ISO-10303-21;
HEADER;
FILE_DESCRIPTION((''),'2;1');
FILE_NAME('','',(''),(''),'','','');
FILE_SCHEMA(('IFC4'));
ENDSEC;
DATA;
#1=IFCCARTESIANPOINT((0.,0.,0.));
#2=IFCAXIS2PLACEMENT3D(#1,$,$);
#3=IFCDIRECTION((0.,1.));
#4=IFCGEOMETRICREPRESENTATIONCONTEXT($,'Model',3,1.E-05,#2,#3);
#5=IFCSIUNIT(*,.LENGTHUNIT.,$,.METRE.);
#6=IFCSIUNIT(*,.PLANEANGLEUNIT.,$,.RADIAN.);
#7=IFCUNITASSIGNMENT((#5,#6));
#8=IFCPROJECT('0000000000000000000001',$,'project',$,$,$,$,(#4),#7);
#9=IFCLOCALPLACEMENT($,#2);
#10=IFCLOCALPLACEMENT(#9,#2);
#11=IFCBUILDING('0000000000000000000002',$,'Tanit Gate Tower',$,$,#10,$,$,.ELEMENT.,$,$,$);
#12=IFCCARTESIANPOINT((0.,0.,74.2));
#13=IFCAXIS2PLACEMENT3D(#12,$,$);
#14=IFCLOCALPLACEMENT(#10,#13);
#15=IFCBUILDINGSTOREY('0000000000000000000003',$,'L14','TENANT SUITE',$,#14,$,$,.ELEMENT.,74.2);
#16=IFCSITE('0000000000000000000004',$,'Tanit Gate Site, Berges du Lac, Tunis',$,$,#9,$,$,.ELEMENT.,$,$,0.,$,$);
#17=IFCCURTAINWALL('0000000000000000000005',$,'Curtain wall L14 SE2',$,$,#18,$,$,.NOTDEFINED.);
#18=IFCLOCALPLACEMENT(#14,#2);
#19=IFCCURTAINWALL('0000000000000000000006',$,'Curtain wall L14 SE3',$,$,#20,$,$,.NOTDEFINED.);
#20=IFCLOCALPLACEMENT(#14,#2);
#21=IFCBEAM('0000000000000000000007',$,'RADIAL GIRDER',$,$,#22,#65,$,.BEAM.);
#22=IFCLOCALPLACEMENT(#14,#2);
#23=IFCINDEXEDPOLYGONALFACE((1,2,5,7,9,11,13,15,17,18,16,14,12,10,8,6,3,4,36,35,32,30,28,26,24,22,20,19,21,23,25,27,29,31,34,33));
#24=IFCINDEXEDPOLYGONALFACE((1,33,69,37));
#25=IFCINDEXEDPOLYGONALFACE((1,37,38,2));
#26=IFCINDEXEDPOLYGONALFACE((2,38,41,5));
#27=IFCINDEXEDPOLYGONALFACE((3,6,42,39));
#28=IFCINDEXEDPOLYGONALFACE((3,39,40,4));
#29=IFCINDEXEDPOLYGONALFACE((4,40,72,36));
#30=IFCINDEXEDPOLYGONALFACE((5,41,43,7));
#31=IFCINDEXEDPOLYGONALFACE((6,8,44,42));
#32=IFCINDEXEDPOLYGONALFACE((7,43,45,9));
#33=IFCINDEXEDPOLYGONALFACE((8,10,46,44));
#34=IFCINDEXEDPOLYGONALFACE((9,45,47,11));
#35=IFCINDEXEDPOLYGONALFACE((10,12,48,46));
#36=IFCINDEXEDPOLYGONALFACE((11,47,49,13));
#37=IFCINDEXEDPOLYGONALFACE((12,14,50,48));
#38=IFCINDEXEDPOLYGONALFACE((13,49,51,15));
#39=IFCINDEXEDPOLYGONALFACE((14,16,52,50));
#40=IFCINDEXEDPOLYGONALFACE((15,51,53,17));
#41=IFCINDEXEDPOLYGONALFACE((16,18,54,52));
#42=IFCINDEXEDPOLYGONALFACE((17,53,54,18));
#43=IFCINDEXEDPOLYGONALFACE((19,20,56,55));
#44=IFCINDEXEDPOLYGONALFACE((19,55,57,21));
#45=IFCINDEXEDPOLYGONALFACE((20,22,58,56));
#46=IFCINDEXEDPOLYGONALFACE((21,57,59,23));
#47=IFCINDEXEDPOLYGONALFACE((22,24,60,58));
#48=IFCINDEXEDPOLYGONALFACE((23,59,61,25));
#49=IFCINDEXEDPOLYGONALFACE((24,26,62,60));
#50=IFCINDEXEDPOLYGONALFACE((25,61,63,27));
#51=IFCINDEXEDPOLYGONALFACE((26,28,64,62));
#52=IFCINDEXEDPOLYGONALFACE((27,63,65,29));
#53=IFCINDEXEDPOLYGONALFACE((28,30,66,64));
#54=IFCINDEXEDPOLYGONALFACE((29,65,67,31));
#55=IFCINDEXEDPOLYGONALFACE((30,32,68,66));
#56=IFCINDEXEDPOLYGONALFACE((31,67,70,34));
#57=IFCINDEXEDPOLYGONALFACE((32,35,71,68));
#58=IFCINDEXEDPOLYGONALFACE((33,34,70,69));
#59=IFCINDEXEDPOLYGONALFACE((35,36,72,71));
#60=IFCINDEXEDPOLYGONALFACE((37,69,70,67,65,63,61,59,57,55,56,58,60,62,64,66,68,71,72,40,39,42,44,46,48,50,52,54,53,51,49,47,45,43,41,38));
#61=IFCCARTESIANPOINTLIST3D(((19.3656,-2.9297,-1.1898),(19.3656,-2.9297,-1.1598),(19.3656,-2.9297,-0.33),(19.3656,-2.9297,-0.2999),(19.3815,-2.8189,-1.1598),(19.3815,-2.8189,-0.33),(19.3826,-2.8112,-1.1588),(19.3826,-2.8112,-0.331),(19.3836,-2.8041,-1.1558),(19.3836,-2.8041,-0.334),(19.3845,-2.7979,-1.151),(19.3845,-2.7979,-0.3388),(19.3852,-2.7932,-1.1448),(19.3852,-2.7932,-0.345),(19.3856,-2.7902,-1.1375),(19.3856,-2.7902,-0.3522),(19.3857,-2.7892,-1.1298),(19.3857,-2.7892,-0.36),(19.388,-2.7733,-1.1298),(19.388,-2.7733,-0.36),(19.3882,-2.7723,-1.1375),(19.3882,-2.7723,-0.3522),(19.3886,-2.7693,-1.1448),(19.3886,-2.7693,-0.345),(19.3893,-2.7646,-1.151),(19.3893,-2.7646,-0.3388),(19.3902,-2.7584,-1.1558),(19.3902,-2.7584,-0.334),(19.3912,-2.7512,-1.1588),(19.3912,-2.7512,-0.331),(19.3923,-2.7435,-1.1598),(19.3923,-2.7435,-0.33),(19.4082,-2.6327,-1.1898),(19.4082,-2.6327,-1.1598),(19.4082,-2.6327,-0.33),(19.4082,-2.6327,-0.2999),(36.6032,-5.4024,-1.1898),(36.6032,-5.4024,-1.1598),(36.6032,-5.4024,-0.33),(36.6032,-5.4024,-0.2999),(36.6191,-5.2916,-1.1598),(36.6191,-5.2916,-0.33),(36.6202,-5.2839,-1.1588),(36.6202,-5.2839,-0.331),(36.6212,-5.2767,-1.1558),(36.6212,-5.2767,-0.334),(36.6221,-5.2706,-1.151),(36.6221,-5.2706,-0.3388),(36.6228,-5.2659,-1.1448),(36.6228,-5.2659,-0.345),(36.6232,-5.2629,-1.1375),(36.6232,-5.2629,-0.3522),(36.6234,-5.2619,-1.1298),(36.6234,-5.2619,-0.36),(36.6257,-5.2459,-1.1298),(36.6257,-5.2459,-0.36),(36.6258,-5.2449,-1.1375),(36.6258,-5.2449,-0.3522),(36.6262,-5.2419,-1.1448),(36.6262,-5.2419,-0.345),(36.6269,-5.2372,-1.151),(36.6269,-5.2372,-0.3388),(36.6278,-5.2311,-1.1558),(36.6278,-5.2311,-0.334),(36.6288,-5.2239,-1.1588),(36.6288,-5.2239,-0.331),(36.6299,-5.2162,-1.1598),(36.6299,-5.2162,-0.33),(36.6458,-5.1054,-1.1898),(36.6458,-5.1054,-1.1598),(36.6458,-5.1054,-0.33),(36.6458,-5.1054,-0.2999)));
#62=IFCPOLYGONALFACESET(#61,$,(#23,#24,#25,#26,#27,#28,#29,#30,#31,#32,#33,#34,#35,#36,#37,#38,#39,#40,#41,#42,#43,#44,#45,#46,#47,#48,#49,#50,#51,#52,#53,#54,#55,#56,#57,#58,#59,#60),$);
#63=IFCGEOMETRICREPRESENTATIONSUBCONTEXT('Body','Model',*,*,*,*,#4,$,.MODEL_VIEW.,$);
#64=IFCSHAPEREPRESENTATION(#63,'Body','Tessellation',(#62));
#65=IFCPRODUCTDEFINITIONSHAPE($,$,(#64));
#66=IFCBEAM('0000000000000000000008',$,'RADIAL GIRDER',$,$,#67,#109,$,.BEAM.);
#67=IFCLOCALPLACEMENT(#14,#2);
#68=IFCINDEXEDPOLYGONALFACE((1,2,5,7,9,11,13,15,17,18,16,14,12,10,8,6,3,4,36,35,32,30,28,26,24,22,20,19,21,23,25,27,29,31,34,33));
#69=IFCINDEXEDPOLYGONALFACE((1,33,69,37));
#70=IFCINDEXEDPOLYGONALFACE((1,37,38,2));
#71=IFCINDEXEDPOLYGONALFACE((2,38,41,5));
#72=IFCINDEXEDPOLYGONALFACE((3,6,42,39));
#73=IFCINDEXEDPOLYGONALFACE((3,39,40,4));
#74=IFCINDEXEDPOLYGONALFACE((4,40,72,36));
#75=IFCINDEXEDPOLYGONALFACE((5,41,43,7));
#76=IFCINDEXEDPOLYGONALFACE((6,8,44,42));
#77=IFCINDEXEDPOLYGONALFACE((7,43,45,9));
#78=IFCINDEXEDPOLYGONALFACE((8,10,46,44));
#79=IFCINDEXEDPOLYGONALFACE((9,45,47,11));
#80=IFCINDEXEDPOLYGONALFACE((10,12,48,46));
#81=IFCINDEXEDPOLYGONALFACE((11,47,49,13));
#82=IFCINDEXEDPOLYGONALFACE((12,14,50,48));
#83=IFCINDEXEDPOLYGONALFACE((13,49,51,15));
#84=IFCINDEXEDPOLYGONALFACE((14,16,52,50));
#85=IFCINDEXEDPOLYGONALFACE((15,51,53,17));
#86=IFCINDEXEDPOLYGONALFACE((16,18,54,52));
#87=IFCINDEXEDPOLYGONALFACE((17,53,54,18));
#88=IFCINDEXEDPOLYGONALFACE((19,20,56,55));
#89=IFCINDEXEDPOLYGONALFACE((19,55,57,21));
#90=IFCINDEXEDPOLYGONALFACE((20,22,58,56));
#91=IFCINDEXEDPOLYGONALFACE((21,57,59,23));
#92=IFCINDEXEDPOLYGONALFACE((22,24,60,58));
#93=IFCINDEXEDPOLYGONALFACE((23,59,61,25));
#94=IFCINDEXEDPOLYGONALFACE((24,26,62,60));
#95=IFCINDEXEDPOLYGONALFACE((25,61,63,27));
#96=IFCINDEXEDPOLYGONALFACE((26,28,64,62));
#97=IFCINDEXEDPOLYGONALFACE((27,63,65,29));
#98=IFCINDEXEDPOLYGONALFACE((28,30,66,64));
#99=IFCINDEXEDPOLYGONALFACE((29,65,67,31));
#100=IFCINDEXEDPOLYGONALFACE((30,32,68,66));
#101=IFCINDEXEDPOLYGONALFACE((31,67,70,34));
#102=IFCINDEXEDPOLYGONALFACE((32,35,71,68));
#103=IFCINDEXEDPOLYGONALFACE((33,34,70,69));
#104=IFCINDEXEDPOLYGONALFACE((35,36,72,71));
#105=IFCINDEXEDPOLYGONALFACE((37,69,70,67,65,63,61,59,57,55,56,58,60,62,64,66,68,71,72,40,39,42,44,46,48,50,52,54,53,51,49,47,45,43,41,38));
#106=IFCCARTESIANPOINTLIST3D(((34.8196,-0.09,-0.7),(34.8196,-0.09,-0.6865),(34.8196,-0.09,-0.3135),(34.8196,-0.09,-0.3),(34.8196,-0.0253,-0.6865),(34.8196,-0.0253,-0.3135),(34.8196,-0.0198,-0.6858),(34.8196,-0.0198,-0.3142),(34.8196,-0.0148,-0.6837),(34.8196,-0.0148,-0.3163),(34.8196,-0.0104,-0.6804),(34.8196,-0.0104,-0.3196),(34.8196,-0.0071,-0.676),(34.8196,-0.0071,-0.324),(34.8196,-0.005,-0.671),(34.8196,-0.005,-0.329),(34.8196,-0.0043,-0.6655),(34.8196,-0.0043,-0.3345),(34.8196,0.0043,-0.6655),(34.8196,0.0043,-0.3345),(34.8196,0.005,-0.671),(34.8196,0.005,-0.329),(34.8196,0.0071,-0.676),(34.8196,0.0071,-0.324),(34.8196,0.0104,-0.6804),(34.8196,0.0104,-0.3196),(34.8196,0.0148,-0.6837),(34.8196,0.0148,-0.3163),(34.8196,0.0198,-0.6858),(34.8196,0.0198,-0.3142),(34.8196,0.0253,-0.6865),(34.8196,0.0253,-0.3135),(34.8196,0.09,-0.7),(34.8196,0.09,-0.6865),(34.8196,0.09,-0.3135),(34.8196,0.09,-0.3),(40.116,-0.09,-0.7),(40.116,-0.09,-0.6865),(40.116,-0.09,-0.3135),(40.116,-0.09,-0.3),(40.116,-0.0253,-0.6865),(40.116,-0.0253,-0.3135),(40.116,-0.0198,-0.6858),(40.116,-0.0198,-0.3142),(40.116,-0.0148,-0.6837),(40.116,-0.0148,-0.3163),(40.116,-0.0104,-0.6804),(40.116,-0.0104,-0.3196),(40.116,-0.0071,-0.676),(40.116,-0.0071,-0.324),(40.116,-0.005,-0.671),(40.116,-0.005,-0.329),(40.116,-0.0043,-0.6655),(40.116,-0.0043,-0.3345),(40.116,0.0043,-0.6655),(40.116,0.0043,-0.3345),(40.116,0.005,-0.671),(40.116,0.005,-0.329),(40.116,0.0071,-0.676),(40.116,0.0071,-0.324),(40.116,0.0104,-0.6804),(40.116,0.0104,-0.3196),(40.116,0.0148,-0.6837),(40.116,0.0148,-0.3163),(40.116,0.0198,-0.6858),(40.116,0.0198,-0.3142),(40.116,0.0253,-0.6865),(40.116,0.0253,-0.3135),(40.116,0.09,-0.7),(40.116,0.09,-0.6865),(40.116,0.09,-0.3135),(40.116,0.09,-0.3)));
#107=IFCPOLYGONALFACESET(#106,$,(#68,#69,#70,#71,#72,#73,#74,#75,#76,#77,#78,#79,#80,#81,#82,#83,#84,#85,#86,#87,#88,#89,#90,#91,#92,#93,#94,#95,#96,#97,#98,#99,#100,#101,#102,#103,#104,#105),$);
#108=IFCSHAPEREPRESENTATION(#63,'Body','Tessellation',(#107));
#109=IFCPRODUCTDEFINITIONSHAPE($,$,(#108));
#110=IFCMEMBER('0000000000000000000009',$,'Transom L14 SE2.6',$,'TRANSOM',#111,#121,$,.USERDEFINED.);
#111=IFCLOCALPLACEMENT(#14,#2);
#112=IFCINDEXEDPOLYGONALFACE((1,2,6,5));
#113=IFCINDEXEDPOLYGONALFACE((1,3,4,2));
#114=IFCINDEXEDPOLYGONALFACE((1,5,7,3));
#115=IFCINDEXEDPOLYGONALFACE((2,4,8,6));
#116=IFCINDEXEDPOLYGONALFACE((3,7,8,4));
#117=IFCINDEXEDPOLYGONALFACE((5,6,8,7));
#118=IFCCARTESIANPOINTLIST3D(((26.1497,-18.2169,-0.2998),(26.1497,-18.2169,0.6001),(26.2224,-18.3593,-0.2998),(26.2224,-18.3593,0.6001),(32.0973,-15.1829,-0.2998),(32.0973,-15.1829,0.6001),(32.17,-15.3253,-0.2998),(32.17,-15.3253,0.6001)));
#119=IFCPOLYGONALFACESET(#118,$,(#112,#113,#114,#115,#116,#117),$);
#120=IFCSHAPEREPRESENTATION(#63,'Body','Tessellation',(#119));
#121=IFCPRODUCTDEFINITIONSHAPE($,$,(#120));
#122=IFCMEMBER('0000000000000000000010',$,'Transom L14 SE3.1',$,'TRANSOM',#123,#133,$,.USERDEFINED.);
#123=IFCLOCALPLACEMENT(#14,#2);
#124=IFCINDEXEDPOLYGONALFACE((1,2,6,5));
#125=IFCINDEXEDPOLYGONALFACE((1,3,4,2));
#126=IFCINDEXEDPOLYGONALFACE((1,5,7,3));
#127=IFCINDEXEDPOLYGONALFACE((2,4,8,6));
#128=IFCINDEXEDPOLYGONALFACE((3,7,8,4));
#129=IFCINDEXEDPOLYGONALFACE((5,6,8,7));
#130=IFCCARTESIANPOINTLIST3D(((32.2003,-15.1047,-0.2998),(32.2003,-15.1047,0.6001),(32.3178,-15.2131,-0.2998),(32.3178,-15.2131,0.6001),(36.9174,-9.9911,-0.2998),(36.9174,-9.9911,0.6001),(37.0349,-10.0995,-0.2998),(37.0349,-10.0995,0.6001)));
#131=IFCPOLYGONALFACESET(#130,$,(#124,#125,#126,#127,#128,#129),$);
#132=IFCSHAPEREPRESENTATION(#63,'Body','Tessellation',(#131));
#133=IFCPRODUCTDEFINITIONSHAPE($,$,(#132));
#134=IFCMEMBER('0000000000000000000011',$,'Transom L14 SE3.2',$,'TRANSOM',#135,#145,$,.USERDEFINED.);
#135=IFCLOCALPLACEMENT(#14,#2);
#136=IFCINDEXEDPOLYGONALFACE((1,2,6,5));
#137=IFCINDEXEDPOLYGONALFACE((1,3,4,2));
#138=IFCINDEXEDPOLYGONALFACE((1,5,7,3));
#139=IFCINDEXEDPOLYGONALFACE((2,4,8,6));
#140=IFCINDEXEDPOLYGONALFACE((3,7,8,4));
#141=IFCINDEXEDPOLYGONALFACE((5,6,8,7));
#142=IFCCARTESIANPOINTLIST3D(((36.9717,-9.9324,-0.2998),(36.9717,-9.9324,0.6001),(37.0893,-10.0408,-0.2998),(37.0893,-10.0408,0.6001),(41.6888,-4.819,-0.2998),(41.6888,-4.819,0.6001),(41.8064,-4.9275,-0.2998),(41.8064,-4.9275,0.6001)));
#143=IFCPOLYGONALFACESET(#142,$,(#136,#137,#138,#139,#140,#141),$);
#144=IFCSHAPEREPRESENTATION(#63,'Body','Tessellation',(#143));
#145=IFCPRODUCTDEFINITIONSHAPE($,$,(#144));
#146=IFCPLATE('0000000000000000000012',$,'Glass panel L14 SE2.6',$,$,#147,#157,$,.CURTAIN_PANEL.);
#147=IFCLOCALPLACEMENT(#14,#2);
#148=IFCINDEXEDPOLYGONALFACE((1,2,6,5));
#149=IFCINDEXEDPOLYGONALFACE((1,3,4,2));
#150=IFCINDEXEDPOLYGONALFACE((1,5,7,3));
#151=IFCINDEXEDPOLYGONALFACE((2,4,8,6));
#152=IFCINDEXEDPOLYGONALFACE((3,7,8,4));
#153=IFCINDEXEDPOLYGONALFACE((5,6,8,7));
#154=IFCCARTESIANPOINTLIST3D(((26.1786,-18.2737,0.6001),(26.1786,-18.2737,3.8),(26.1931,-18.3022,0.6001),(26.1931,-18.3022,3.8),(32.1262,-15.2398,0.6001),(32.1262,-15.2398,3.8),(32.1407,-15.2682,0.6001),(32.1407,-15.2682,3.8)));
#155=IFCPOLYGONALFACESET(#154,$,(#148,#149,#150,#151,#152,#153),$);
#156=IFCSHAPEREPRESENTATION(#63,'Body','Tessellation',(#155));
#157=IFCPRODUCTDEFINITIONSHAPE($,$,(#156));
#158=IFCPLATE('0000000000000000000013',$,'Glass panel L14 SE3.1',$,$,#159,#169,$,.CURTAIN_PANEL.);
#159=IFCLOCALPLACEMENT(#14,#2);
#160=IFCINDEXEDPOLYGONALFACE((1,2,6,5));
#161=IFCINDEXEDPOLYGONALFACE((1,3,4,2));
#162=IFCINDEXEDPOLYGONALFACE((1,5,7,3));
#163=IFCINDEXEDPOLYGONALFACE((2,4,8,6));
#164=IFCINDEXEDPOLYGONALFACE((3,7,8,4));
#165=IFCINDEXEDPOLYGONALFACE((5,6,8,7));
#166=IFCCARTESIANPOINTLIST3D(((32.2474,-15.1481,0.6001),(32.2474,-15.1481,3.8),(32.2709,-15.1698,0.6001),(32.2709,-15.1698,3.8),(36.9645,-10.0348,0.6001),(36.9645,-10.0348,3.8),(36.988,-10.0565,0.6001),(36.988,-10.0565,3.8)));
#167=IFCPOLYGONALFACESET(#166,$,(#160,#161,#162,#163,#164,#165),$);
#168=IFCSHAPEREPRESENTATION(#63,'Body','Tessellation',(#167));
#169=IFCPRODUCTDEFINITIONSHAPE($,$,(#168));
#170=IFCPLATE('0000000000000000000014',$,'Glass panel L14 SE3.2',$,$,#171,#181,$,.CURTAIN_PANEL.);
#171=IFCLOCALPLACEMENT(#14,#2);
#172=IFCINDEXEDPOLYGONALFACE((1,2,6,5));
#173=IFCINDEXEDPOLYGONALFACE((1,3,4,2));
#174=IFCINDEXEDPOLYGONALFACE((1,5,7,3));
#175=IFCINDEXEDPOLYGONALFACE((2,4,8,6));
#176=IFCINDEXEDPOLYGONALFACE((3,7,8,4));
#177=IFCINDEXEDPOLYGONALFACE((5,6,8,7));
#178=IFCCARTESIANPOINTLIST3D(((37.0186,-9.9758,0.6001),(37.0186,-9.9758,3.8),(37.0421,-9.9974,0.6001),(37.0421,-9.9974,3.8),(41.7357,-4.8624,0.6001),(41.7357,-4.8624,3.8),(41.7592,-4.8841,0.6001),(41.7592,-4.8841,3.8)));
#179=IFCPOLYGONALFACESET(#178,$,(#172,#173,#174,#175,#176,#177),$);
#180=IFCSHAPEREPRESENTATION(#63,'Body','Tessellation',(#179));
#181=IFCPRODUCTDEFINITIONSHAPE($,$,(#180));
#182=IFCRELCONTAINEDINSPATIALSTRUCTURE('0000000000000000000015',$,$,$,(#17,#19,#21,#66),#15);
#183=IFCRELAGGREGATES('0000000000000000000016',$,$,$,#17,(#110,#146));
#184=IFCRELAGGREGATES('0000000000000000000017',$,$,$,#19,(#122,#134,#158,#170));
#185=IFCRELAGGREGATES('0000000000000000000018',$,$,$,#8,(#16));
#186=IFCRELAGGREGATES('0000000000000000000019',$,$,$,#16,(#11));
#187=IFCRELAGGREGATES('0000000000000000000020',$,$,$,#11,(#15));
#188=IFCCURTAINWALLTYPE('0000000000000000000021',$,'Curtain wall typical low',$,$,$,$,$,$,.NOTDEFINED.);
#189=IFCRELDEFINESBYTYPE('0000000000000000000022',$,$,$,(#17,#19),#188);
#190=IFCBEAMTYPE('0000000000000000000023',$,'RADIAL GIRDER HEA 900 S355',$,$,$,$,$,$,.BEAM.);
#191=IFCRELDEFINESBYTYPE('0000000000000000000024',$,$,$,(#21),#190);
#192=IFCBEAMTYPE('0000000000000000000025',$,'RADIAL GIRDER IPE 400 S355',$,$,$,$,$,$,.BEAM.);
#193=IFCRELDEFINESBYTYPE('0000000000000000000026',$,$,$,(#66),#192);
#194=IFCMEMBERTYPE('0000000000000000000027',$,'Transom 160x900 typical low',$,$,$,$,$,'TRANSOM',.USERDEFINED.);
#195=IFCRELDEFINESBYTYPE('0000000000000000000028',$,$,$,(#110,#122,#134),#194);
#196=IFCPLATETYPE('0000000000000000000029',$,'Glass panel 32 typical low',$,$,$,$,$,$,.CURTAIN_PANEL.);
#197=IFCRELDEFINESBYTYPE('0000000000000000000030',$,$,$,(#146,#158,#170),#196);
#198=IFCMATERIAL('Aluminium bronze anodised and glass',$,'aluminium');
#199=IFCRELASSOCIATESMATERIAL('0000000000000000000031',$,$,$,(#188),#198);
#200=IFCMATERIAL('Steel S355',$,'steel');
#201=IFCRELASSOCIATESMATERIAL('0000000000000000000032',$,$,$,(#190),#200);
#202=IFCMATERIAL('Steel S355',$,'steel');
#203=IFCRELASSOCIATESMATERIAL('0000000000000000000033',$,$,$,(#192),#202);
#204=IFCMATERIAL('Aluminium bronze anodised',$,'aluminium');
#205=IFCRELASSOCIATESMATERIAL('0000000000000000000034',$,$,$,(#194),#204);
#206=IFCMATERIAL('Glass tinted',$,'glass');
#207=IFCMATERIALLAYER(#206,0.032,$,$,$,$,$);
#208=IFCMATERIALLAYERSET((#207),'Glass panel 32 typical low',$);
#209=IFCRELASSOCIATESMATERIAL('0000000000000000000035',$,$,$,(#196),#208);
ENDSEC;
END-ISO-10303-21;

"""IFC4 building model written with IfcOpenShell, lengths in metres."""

from ifc_helpers import new_model, si_unit, direction, frame, origin, origin_2d, place, context, subcontext, project, spatial, rectangle, i_section, extrude, material, layer, layer_set, material_profile, profile_set, type_object, element, aggregate, save


model = new_model("IFC4")

# Units and contexts
model_context = context("Model", 3, precision=1e-05, world=origin(), true_north=direction((0.0, 1.0)))
body_context = subcontext(model_context, "Body", "Model", "MODEL_VIEW")
ifc_project = project(units=[si_unit("LENGTHUNIT", "METRE"), si_unit("PLANEANGLEUNIT", "RADIAN")], contexts=[model_context])

# Site, building, storey
site_placement = place(None, origin())
site = spatial("IfcSite", under=ifc_project, at=site_placement, Name="Tanit Gate Site, Berges du Lac, Tunis", CompositionType="ELEMENT", RefElevation=0.0)
building_placement = place(site_placement, origin())
building = spatial("IfcBuilding", under=site, at=building_placement, Name="Tanit Gate Tower", CompositionType="ELEMENT")
storey_placement = place(building_placement, frame((0.0, 0.0, 74.2)))
storey = spatial("IfcBuildingStorey", under=building, at=storey_placement, Name="L14", Description="TENANT SUITE", CompositionType="ELEMENT", Elevation=74.2)

# Curtain wall
ifc_material_1 = material(Name="Aluminium bronze anodised and glass", Category="aluminium")
curtain_wall_type = type_object("IfcCurtainWallType", Name="Curtain wall typical low", PredefinedType="NOTDEFINED", material=ifc_material_1)
curtain_wall_1_placement = place(storey_placement, origin())
curtain_wall_1 = element("IfcCurtainWall", 1, at=curtain_wall_1_placement, inside=storey, type_object=curtain_wall_type, Name="Curtain wall L14 SE2", PredefinedType="NOTDEFINED")

# Curtain wall
curtain_wall_2_placement = place(storey_placement, origin())
curtain_wall_2 = element("IfcCurtainWall", 2, at=curtain_wall_2_placement, inside=storey, type_object=curtain_wall_type, Name="Curtain wall L14 SE3", PredefinedType="NOTDEFINED")

# Beams
ifc_material_2 = material(Name="Steel S355", Category="steel")
ifc_material_profile_1 = material_profile(ifc_material_2, i_section(OverallWidth=0.3, OverallDepth=0.8899, WebThickness=0.0161, FlangeThickness=0.03, FilletRadius=0.03, at=origin_2d()), Name="HEA 900")
ifc_profile_set_1 = profile_set([ifc_material_profile_1], Name="Steel S355")
beam_type_1 = type_object("IfcBeamType", Name="RADIAL GIRDER HEA 900 S355", PredefinedType="BEAM", material=ifc_profile_set_1)
beam_1_placement = place(storey_placement, frame((36.6245, -5.2539, -0.7449), z_axis=(-0.989868, 0.141992, 0.0), x_axis=(-0.141992, -0.989868, 0.0)))
element("IfcBeam", 3, at=beam_1_placement, inside=storey, type_object=beam_type_1, Name="RADIAL GIRDER", PredefinedType="BEAM", context=body_context, shape_type="SweptSolid", body=[
    extrude(i_section(OverallWidth=0.3, OverallDepth=0.8899, WebThickness=0.0161, FlangeThickness=0.03, FilletRadius=0.03, at=origin_2d()), origin(), (0.0, 0.0, 1.0), 17.4141),
])
ifc_material_3 = material(Name="Steel S355", Category="steel")
ifc_material_profile_2 = material_profile(ifc_material_3, i_section(OverallWidth=0.1799, OverallDepth=0.3999, WebThickness=0.0085, FlangeThickness=0.0134, FilletRadius=0.021, at=origin_2d()), Name="IPE 400")
ifc_profile_set_2 = profile_set([ifc_material_profile_2], Name="Steel S355")
beam_type_2 = type_object("IfcBeamType", Name="RADIAL GIRDER IPE 400 S355", PredefinedType="BEAM", material=ifc_profile_set_2)
beam_2_placement = place(storey_placement, frame((40.116, 0.0, -0.5), z_axis=(-1.0, 0.0, 0.0), x_axis=(0.0, -1.0, 0.0)))
element("IfcBeam", 4, at=beam_2_placement, inside=storey, type_object=beam_type_2, Name="RADIAL GIRDER", PredefinedType="BEAM", context=body_context, shape_type="SweptSolid", body=[
    extrude(i_section(OverallWidth=0.1799, OverallDepth=0.3999, WebThickness=0.0085, FlangeThickness=0.0134, FilletRadius=0.021, at=origin_2d()), origin(), (0.0, 0.0, 1.0), 5.2964),
])

# Members
ifc_material_4 = material(Name="Aluminium bronze anodised", Category="aluminium")
ifc_material_profile_3 = material_profile(ifc_material_4, rectangle(XDim=0.1599, YDim=0.8999, at=origin_2d()), Name="160x900 bronze transom")
ifc_profile_set_3 = profile_set([ifc_material_profile_3], Name="Aluminium bronze anodised")
member_type_1 = type_object("IfcMemberType", Name="Transom 160x900 typical low", ElementType="TRANSOM", PredefinedType="USERDEFINED", material=ifc_profile_set_3)
member_1_placement = place(storey_placement, frame((26.186, -18.2881, 0.1501), z_axis=(0.890793, 0.45441, 0.0), x_axis=(-0.45441, 0.890793, 0.0)))
member_1 = element("IfcMember", 5, at=member_1_placement, type_object=member_type_1, Name="Transom L14 SE2.6", ObjectType="TRANSOM", PredefinedType="USERDEFINED", context=body_context, shape_type="SweptSolid", body=[
    extrude(rectangle(XDim=0.1599, YDim=0.8999, at=origin_2d()), origin(), (0.0, 0.0, 1.0), 6.6768),
])
member_2_placement = place(storey_placement, frame((32.259, -15.1589, 0.1501), z_axis=(0.678037, 0.735028, 0.0), x_axis=(-0.735028, 0.678037, 0.0)))
member_2 = element("IfcMember", 6, at=member_2_placement, type_object=member_type_1, Name="Transom L14 SE3.1", ObjectType="TRANSOM", PredefinedType="USERDEFINED", context=body_context, shape_type="SweptSolid", body=[
    extrude(rectangle(XDim=0.1599, YDim=0.8999, at=origin_2d()), origin(), (0.0, 0.0, 1.0), 6.957),
])
member_3_placement = place(storey_placement, frame((37.0305, -9.9866, 0.1501), z_axis=(0.678054, 0.735012, 0.0), x_axis=(-0.735012, 0.678054, 0.0)))
member_3 = element("IfcMember", 7, at=member_3_placement, type_object=member_type_1, Name="Transom L14 SE3.2", ObjectType="TRANSOM", PredefinedType="USERDEFINED", context=body_context, shape_type="SweptSolid", body=[
    extrude(rectangle(XDim=0.1599, YDim=0.8999, at=origin_2d()), origin(), (0.0, 0.0, 1.0), 6.9568),
])

# Plates
ifc_material_5 = material(Name="Glass tinted", Category="glass")
ifc_layer_1 = layer(ifc_material_5, 0.032)
ifc_layer_set_1 = layer_set([ifc_layer_1], Name="Glass panel 32 typical low")
plate_type = type_object("IfcPlateType", Name="Glass panel 32 typical low", PredefinedType="CURTAIN_PANEL", material=ifc_layer_set_1)
plate_1_placement = place(storey_placement, frame((29.1597, -16.771, 0.6001), z_axis=(0.0, 0.0, 1.0), x_axis=(0.890792, 0.454411, 0.0)))
plate_1 = element("IfcPlate", 8, at=plate_1_placement, type_object=plate_type, Name="Glass panel L14 SE2.6", PredefinedType="CURTAIN_PANEL", context=body_context, shape_type="SweptSolid", body=[
    extrude(rectangle(XDim=6.6768, YDim=0.032, at=origin_2d()), origin(), (0.0, 0.0, 1.0), 3.2),
])
aggregate(curtain_wall_1, [member_1, plate_1])
plate_2_placement = place(storey_placement, frame((34.6177, -12.6023, 0.6001), z_axis=(0.0, 0.0, 1.0), x_axis=(0.678053, 0.735013, 0.0)))
plate_2 = element("IfcPlate", 9, at=plate_2_placement, type_object=plate_type, Name="Glass panel L14 SE3.1", PredefinedType="CURTAIN_PANEL", context=body_context, shape_type="SweptSolid", body=[
    extrude(rectangle(XDim=6.9568, YDim=0.032, at=origin_2d()), origin(), (0.0, 0.0, 1.0), 3.2),
])
plate_3_placement = place(storey_placement, frame((39.3889, -7.4299, 0.6001), z_axis=(0.0, 0.0, 1.0), x_axis=(0.678053, 0.735013, 0.0)))
plate_3 = element("IfcPlate", 10, at=plate_3_placement, type_object=plate_type, Name="Glass panel L14 SE3.2", PredefinedType="CURTAIN_PANEL", context=body_context, shape_type="SweptSolid", body=[
    extrude(rectangle(XDim=6.9568, YDim=0.032, at=origin_2d()), origin(), (0.0, 0.0, 1.0), 3.2),
])
aggregate(curtain_wall_2, [member_2, member_3, plate_2, plate_3])

save(model, "model.ifc")
